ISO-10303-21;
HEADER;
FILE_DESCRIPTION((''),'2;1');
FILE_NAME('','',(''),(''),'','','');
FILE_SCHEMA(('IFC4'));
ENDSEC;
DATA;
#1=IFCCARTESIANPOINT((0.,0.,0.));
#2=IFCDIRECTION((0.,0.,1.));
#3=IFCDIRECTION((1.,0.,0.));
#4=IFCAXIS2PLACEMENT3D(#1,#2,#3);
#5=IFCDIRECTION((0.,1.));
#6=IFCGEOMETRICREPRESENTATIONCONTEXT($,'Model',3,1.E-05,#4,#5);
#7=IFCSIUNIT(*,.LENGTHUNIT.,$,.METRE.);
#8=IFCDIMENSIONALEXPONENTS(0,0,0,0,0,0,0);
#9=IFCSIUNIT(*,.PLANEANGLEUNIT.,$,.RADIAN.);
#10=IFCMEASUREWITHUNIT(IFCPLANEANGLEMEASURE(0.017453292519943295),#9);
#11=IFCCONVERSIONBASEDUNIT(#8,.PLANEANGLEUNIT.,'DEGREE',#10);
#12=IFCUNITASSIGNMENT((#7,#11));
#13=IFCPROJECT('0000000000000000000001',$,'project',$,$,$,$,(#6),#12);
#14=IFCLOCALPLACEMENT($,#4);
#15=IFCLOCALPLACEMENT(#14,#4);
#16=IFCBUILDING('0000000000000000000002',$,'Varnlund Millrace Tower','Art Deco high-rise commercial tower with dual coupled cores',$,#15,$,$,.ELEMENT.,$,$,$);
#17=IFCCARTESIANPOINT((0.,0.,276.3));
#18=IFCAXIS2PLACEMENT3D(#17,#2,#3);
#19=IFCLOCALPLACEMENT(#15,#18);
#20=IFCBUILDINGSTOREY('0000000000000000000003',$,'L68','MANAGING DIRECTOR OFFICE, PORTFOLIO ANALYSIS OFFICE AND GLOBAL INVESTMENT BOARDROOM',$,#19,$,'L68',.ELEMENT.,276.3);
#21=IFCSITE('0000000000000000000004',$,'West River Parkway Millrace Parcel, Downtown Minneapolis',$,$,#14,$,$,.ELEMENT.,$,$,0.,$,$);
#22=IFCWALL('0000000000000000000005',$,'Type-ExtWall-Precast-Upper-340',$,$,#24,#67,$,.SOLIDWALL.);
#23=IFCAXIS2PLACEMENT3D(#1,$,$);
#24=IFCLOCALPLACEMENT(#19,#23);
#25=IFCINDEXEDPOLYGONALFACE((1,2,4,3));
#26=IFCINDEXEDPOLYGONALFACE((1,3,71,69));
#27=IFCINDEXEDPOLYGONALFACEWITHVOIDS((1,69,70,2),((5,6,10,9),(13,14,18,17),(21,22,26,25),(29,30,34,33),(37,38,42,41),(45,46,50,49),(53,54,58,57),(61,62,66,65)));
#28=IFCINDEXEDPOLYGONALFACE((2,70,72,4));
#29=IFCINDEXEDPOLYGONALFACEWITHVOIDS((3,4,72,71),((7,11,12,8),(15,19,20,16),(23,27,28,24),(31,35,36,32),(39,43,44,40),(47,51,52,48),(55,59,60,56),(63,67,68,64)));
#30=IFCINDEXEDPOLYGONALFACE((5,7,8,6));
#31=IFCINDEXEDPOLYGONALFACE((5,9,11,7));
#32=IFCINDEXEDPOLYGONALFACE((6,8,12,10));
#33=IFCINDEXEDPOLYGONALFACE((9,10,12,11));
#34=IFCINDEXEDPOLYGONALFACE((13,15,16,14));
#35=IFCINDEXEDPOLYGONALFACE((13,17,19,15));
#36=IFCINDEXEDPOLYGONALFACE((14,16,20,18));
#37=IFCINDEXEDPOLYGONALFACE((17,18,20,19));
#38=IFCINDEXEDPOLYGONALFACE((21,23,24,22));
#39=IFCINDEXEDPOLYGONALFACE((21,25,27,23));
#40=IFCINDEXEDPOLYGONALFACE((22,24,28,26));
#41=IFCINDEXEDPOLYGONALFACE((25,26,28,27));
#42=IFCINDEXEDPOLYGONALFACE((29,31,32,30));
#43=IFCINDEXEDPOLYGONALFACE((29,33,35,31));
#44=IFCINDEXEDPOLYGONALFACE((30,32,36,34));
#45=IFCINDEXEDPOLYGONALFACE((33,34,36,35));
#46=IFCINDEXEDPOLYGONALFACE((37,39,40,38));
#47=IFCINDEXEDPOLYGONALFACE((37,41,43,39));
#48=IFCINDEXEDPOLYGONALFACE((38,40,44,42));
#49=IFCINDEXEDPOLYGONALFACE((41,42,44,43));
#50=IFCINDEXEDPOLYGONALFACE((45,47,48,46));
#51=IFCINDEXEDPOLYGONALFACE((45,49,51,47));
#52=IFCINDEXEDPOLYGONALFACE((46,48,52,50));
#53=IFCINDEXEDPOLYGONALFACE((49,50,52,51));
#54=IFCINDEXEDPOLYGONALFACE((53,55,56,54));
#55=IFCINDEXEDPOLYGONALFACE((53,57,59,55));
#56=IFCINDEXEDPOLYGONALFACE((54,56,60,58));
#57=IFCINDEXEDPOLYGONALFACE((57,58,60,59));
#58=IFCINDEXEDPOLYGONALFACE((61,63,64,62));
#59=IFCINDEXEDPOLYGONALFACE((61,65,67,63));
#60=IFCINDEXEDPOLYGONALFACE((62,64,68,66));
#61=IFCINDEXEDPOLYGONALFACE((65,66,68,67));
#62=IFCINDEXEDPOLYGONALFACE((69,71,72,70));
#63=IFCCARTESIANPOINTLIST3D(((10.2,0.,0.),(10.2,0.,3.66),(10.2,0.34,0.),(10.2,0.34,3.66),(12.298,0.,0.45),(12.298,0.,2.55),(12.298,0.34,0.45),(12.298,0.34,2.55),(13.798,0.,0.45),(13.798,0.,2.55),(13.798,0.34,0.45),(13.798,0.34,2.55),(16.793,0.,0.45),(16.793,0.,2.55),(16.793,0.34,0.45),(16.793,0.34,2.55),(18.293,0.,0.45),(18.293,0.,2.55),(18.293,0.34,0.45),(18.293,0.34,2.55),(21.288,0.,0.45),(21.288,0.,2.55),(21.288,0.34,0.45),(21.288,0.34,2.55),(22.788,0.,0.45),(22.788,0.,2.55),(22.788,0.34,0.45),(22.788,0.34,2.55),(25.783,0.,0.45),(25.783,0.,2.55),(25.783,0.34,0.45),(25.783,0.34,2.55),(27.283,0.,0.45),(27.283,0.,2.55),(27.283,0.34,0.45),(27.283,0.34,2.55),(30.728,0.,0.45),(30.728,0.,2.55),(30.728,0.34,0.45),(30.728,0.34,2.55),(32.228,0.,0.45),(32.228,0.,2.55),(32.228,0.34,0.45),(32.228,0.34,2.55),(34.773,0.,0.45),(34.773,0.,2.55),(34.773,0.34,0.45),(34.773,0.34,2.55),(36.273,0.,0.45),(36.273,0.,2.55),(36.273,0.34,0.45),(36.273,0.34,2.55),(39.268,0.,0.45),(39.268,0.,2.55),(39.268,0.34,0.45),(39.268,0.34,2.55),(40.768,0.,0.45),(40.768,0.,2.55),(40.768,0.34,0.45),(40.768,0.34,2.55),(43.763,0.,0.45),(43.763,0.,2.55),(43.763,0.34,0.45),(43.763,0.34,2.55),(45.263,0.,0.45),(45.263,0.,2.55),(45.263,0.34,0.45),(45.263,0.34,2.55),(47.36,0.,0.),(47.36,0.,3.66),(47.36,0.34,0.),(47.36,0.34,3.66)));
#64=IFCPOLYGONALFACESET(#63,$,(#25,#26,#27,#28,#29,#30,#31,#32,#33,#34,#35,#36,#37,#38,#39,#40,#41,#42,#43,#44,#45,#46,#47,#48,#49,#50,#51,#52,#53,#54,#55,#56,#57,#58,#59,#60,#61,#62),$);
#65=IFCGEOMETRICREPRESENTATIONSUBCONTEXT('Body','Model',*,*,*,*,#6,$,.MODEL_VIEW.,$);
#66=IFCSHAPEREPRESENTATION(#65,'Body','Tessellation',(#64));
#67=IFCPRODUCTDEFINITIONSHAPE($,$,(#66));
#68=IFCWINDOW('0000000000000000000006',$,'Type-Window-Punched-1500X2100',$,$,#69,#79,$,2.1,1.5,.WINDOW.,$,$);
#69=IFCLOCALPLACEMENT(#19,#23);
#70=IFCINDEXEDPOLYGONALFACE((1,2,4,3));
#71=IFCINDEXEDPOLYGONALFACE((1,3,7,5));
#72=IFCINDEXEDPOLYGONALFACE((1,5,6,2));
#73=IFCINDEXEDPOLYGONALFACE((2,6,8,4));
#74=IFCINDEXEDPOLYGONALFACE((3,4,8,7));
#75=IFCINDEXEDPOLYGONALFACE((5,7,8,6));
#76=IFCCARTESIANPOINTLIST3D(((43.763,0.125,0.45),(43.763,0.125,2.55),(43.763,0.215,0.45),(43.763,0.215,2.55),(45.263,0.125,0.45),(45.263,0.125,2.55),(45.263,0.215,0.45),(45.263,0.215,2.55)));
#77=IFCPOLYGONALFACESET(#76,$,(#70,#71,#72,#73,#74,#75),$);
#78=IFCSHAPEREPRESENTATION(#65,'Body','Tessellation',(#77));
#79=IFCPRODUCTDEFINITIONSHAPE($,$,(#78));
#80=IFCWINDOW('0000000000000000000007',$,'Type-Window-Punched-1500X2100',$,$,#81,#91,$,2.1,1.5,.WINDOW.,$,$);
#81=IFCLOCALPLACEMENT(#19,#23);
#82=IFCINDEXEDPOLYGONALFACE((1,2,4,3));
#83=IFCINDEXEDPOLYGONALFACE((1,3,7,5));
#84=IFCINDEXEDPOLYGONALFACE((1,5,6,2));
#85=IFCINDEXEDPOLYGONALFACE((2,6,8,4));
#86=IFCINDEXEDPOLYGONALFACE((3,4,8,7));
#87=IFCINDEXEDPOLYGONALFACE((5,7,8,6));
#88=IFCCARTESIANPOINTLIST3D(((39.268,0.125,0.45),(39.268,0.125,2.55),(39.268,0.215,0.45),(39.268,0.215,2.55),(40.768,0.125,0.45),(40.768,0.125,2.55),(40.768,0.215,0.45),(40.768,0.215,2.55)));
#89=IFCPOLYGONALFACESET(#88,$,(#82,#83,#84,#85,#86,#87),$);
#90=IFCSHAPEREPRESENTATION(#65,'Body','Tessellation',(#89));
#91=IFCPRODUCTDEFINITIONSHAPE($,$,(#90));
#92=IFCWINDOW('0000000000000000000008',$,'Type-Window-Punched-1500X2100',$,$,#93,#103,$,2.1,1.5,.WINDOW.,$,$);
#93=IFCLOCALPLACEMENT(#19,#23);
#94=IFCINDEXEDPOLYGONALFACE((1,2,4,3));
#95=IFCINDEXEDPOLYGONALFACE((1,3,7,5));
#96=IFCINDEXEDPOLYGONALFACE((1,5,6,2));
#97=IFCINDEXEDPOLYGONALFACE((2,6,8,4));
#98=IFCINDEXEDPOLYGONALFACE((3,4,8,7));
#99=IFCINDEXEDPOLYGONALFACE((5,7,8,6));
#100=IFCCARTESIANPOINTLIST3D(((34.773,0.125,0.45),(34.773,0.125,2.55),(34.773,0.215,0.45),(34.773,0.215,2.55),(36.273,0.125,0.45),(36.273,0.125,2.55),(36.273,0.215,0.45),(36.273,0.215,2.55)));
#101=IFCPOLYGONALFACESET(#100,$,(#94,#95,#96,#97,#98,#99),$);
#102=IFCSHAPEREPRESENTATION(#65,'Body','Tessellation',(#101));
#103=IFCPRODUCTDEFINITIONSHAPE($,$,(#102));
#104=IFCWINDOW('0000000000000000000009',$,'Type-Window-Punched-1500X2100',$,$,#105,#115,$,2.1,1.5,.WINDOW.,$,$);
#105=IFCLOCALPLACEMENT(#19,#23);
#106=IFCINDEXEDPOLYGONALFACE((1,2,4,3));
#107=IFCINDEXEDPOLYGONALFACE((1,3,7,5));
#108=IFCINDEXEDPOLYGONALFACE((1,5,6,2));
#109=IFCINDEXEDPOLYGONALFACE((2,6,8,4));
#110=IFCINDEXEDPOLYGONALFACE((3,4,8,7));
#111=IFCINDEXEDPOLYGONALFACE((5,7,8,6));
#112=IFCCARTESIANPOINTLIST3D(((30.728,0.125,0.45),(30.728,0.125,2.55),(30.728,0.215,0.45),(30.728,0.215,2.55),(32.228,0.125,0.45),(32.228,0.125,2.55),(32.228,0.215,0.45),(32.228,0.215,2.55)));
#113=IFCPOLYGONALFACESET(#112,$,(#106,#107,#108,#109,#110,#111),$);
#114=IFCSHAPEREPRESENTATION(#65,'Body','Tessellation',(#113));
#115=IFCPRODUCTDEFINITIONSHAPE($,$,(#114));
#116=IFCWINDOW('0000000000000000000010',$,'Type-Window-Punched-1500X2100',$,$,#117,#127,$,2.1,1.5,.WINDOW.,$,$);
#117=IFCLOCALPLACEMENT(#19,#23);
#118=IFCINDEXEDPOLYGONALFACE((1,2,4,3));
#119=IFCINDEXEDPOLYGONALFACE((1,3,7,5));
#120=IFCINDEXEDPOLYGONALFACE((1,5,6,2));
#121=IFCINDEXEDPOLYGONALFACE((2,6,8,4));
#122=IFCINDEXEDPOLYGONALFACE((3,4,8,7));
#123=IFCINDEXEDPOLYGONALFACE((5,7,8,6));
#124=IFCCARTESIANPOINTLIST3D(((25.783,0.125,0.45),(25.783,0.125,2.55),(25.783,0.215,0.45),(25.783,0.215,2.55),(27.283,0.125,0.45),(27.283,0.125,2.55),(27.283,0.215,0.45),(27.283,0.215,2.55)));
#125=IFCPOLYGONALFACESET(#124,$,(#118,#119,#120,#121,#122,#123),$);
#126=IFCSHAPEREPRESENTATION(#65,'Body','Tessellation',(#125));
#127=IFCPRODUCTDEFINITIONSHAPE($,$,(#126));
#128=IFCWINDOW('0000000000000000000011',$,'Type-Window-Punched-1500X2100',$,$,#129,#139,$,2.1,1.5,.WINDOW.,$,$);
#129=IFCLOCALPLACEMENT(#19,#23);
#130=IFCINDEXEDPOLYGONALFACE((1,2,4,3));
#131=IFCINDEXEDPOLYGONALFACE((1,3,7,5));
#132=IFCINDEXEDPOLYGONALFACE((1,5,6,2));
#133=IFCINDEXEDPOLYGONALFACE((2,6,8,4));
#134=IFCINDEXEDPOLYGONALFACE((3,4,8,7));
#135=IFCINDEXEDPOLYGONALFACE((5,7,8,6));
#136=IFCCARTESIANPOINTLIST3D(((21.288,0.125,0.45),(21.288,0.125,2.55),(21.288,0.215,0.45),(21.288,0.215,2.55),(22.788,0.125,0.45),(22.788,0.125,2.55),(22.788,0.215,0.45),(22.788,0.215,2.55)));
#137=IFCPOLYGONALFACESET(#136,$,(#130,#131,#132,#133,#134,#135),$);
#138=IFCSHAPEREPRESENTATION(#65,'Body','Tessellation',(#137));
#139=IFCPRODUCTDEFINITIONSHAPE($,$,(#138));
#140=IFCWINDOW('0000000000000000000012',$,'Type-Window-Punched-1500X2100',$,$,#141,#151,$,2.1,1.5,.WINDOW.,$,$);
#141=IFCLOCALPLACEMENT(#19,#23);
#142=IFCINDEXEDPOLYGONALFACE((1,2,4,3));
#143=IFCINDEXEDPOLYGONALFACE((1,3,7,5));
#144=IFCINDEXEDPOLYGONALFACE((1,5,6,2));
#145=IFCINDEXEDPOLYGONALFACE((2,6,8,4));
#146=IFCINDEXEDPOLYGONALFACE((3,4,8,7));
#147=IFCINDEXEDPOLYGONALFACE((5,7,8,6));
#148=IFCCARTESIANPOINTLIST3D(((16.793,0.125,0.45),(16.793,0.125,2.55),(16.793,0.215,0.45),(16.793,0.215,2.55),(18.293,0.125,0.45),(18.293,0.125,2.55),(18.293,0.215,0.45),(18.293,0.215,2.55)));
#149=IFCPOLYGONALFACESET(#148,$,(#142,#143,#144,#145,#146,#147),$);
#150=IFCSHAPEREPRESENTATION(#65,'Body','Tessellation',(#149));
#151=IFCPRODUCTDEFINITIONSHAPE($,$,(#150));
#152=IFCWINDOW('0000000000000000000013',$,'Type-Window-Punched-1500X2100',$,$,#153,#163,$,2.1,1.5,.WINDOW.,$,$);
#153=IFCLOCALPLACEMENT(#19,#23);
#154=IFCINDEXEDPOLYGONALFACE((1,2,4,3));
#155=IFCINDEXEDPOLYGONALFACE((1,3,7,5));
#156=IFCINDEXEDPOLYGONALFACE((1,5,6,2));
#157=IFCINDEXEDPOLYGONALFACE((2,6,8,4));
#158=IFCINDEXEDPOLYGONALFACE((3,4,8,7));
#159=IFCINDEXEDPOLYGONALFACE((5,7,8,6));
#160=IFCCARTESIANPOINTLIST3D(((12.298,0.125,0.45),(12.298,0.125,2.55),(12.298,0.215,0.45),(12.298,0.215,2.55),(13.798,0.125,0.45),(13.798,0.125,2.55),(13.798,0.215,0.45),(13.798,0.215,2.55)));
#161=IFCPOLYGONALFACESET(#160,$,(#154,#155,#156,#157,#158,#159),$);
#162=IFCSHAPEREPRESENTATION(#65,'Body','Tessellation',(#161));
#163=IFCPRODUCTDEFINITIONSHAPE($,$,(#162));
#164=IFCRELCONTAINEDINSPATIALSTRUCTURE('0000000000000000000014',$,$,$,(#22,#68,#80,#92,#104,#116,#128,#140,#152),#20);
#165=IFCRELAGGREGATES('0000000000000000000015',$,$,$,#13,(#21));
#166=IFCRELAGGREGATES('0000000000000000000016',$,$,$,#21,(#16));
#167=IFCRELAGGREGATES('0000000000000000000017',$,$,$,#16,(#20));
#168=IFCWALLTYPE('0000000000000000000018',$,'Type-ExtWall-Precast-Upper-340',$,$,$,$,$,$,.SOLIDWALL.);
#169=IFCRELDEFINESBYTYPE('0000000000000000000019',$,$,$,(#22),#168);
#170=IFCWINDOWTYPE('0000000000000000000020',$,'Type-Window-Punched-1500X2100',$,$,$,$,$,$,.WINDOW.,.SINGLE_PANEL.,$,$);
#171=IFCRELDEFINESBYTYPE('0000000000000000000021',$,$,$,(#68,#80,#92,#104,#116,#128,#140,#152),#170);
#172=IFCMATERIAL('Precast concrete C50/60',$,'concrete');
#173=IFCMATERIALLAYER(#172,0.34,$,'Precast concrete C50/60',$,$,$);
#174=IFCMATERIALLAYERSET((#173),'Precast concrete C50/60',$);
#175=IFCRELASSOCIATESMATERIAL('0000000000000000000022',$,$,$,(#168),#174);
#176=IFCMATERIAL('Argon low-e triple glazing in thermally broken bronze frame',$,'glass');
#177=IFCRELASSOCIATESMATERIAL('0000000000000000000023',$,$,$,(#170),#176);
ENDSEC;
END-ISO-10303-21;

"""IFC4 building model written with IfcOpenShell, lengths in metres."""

from ifc_helpers import new_model, entity, si_unit, converted_unit, direction, frame, origin_with_axes, origin_2d_with_axis, place, context, subcontext, project, spatial, polyline, rectangle, outline, extrude, material, layer, layer_set, type_object, element, fill, save


model = new_model("IFC4")

# Units and contexts
model_context = context("Model", 3, precision=1e-05, world=origin_with_axes(), true_north=direction((0.0, 1.0)))
body_context = subcontext(model_context, "Body", "Model", "MODEL_VIEW")
ifc_project = project(units=[si_unit("LENGTHUNIT", "METRE"), converted_unit("PLANEANGLEUNIT", "DEGREE", entity("IfcPlaneAngleMeasure", 0.017453292519943295), si_unit("PLANEANGLEUNIT", "RADIAN"), dimensions=[0, 0, 0, 0, 0, 0, 0])], contexts=[model_context])

# Site, building, storey
site_placement = place(None, origin_with_axes())
site = spatial("IfcSite", under=ifc_project, at=site_placement, Name="West River Parkway Millrace Parcel, Downtown Minneapolis", CompositionType="ELEMENT", RefElevation=0.0)
building_placement = place(site_placement, origin_with_axes())
building = spatial("IfcBuilding", under=site, at=building_placement, Name="Varnlund Millrace Tower", Description="Art Deco high-rise commercial tower with dual coupled cores", CompositionType="ELEMENT")
storey_placement = place(building_placement, frame((0.0, 0.0, 276.3), z_axis=(0.0, 0.0, 1.0), x_axis=(1.0, 0.0, 0.0)))
storey = spatial("IfcBuildingStorey", under=building, at=storey_placement, Name="L68", Description="MANAGING DIRECTOR OFFICE, PORTFOLIO ANALYSIS OFFICE AND GLOBAL INVESTMENT BOARDROOM", LongName="L68", CompositionType="ELEMENT", Elevation=276.3)

# Shared definitions
ifc_material_1 = material(Name="Precast concrete C50/60", Category="concrete")
ifc_layer_1 = layer(ifc_material_1, 0.34, Name="Precast concrete C50/60")
ifc_layer_set_1 = layer_set([ifc_layer_1], Name="Precast concrete C50/60")
wall_type_1 = type_object("IfcWallType", Name="Type-ExtWall-Precast-Upper-340", PredefinedType="SOLIDWALL", material=ifc_layer_set_1)

# Wall, openings, windows
wall_1_placement = place(storey_placement, frame((47.36, 0.17, 0.0), z_axis=(0.0, 0.0, 1.0), x_axis=(-1.0, 0.0, 0.0)))
wall_1 = element("IfcWall", 1, at=wall_1_placement, inside=storey, type_object=wall_type_1, Name="Type-ExtWall-Precast-Upper-340", PredefinedType="SOLIDWALL", context=body_context, shape_type="SweptSolid", body=[
    extrude(outline(polyline([(0.0, -0.17), (37.16, -0.17), (37.16, 0.17), (0.0, 0.17), (0.0, -0.17)])), origin_with_axes(), (0.0, 0.0, 1.0), 3.66),
])
opening_1_placement = place(wall_1_placement, frame((2.847, 0.0, 0.45), z_axis=(0.0, 0.0, 1.0), x_axis=(1.0, 0.0, 0.0)))
opening_1 = element("IfcOpeningElement", 2, at=opening_1_placement, cuts=wall_1, PredefinedType="OPENING", context=body_context, shape_type="SweptSolid", body=[
    extrude(rectangle(XDim=1.5, YDim=0.36, at=origin_2d_with_axis()), origin_with_axes(), (0.0, 0.0, 1.0), 2.1),
])
opening_2_placement = place(wall_1_placement, frame((7.342, 0.0, 0.45), z_axis=(0.0, 0.0, 1.0), x_axis=(1.0, 0.0, 0.0)))
opening_2 = element("IfcOpeningElement", 3, at=opening_2_placement, cuts=wall_1, PredefinedType="OPENING", context=body_context, shape_type="SweptSolid", body=[
    extrude(rectangle(XDim=1.5, YDim=0.36, at=origin_2d_with_axis()), origin_with_axes(), (0.0, 0.0, 1.0), 2.1),
])
opening_3_placement = place(wall_1_placement, frame((11.837, 0.0, 0.45), z_axis=(0.0, 0.0, 1.0), x_axis=(1.0, 0.0, 0.0)))
opening_3 = element("IfcOpeningElement", 4, at=opening_3_placement, cuts=wall_1, PredefinedType="OPENING", context=body_context, shape_type="SweptSolid", body=[
    extrude(rectangle(XDim=1.5, YDim=0.36, at=origin_2d_with_axis()), origin_with_axes(), (0.0, 0.0, 1.0), 2.1),
])
opening_4_placement = place(wall_1_placement, frame((15.882, 0.0, 0.45), z_axis=(0.0, 0.0, 1.0), x_axis=(1.0, 0.0, 0.0)))
opening_4 = element("IfcOpeningElement", 5, at=opening_4_placement, cuts=wall_1, PredefinedType="OPENING", context=body_context, shape_type="SweptSolid", body=[
    extrude(rectangle(XDim=1.5, YDim=0.36, at=origin_2d_with_axis()), origin_with_axes(), (0.0, 0.0, 1.0), 2.1),
])
opening_5_placement = place(wall_1_placement, frame((20.827, 0.0, 0.45), z_axis=(0.0, 0.0, 1.0), x_axis=(1.0, 0.0, 0.0)))
opening_5 = element("IfcOpeningElement", 6, at=opening_5_placement, cuts=wall_1, PredefinedType="OPENING", context=body_context, shape_type="SweptSolid", body=[
    extrude(rectangle(XDim=1.5, YDim=0.36, at=origin_2d_with_axis()), origin_with_axes(), (0.0, 0.0, 1.0), 2.1),
])
opening_6_placement = place(wall_1_placement, frame((25.322, 0.0, 0.45), z_axis=(0.0, 0.0, 1.0), x_axis=(1.0, 0.0, 0.0)))
opening_6 = element("IfcOpeningElement", 7, at=opening_6_placement, cuts=wall_1, PredefinedType="OPENING", context=body_context, shape_type="SweptSolid", body=[
    extrude(rectangle(XDim=1.5, YDim=0.36, at=origin_2d_with_axis()), origin_with_axes(), (0.0, 0.0, 1.0), 2.1),
])
opening_7_placement = place(wall_1_placement, frame((29.817, 0.0, 0.45), z_axis=(0.0, 0.0, 1.0), x_axis=(1.0, 0.0, 0.0)))
opening_7 = element("IfcOpeningElement", 8, at=opening_7_placement, cuts=wall_1, PredefinedType="OPENING", context=body_context, shape_type="SweptSolid", body=[
    extrude(rectangle(XDim=1.5, YDim=0.36, at=origin_2d_with_axis()), origin_with_axes(), (0.0, 0.0, 1.0), 2.1),
])
opening_8_placement = place(wall_1_placement, frame((34.312, 0.0, 0.45), z_axis=(0.0, 0.0, 1.0), x_axis=(1.0, 0.0, 0.0)))
opening_8 = element("IfcOpeningElement", 9, at=opening_8_placement, cuts=wall_1, PredefinedType="OPENING", context=body_context, shape_type="SweptSolid", body=[
    extrude(rectangle(XDim=1.5, YDim=0.36, at=origin_2d_with_axis()), origin_with_axes(), (0.0, 0.0, 1.0), 2.1),
])
ifc_material_2 = material(Name="Argon low-e triple glazing in thermally broken bronze frame", Category="glass")
window_type = type_object("IfcWindowType", Name="Type-Window-Punched-1500X2100", PartitioningType="SINGLE_PANEL", PredefinedType="WINDOW", material=ifc_material_2)
window_1_placement = place(wall_1_placement, frame((2.847, 0.0, 0.45), z_axis=(0.0, 0.0, 1.0), x_axis=(1.0, 0.0, 0.0)))
window_1 = element("IfcWindow", 10, at=window_1_placement, inside=storey, type_object=window_type, Name="Type-Window-Punched-1500X2100", OverallHeight=2.1, OverallWidth=1.5, PredefinedType="WINDOW", context=body_context, shape_type="SweptSolid", body=[
    extrude(rectangle(XDim=1.5, YDim=0.09, at=origin_2d_with_axis()), origin_with_axes(), (0.0, 0.0, 1.0), 2.1),
])
fill(opening_1, window_1)
window_2_placement = place(wall_1_placement, frame((7.342, 0.0, 0.45), z_axis=(0.0, 0.0, 1.0), x_axis=(1.0, 0.0, 0.0)))
window_2 = element("IfcWindow", 11, at=window_2_placement, inside=storey, type_object=window_type, Name="Type-Window-Punched-1500X2100", OverallHeight=2.1, OverallWidth=1.5, PredefinedType="WINDOW", context=body_context, shape_type="SweptSolid", body=[
    extrude(rectangle(XDim=1.5, YDim=0.09, at=origin_2d_with_axis()), origin_with_axes(), (0.0, 0.0, 1.0), 2.1),
])
fill(opening_2, window_2)
window_3_placement = place(wall_1_placement, frame((11.837, 0.0, 0.45), z_axis=(0.0, 0.0, 1.0), x_axis=(1.0, 0.0, 0.0)))
window_3 = element("IfcWindow", 12, at=window_3_placement, inside=storey, type_object=window_type, Name="Type-Window-Punched-1500X2100", OverallHeight=2.1, OverallWidth=1.5, PredefinedType="WINDOW", context=body_context, shape_type="SweptSolid", body=[
    extrude(rectangle(XDim=1.5, YDim=0.09, at=origin_2d_with_axis()), origin_with_axes(), (0.0, 0.0, 1.0), 2.1),
])
fill(opening_3, window_3)
window_4_placement = place(wall_1_placement, frame((15.882, 0.0, 0.45), z_axis=(0.0, 0.0, 1.0), x_axis=(1.0, 0.0, 0.0)))
window_4 = element("IfcWindow", 13, at=window_4_placement, inside=storey, type_object=window_type, Name="Type-Window-Punched-1500X2100", OverallHeight=2.1, OverallWidth=1.5, PredefinedType="WINDOW", context=body_context, shape_type="SweptSolid", body=[
    extrude(rectangle(XDim=1.5, YDim=0.09, at=origin_2d_with_axis()), origin_with_axes(), (0.0, 0.0, 1.0), 2.1),
])
fill(opening_4, window_4)
window_5_placement = place(wall_1_placement, frame((20.827, 0.0, 0.45), z_axis=(0.0, 0.0, 1.0), x_axis=(1.0, 0.0, 0.0)))
window_5 = element("IfcWindow", 14, at=window_5_placement, inside=storey, type_object=window_type, Name="Type-Window-Punched-1500X2100", OverallHeight=2.1, OverallWidth=1.5, PredefinedType="WINDOW", context=body_context, shape_type="SweptSolid", body=[
    extrude(rectangle(XDim=1.5, YDim=0.09, at=origin_2d_with_axis()), origin_with_axes(), (0.0, 0.0, 1.0), 2.1),
])
fill(opening_5, window_5)
window_6_placement = place(wall_1_placement, frame((25.322, 0.0, 0.45), z_axis=(0.0, 0.0, 1.0), x_axis=(1.0, 0.0, 0.0)))
window_6 = element("IfcWindow", 15, at=window_6_placement, inside=storey, type_object=window_type, Name="Type-Window-Punched-1500X2100", OverallHeight=2.1, OverallWidth=1.5, PredefinedType="WINDOW", context=body_context, shape_type="SweptSolid", body=[
    extrude(rectangle(XDim=1.5, YDim=0.09, at=origin_2d_with_axis()), origin_with_axes(), (0.0, 0.0, 1.0), 2.1),
])
fill(opening_6, window_6)
window_7_placement = place(wall_1_placement, frame((29.817, 0.0, 0.45), z_axis=(0.0, 0.0, 1.0), x_axis=(1.0, 0.0, 0.0)))
window_7 = element("IfcWindow", 16, at=window_7_placement, inside=storey, type_object=window_type, Name="Type-Window-Punched-1500X2100", OverallHeight=2.1, OverallWidth=1.5, PredefinedType="WINDOW", context=body_context, shape_type="SweptSolid", body=[
    extrude(rectangle(XDim=1.5, YDim=0.09, at=origin_2d_with_axis()), origin_with_axes(), (0.0, 0.0, 1.0), 2.1),
])
fill(opening_7, window_7)
window_8_placement = place(wall_1_placement, frame((34.312, 0.0, 0.45), z_axis=(0.0, 0.0, 1.0), x_axis=(1.0, 0.0, 0.0)))
window_8 = element("IfcWindow", 17, at=window_8_placement, inside=storey, type_object=window_type, Name="Type-Window-Punched-1500X2100", OverallHeight=2.1, OverallWidth=1.5, PredefinedType="WINDOW", context=body_context, shape_type="SweptSolid", body=[
    extrude(rectangle(XDim=1.5, YDim=0.09, at=origin_2d_with_axis()), origin_with_axes(), (0.0, 0.0, 1.0), 2.1),
])
fill(opening_8, window_8)

save(model, "model.ifc")
